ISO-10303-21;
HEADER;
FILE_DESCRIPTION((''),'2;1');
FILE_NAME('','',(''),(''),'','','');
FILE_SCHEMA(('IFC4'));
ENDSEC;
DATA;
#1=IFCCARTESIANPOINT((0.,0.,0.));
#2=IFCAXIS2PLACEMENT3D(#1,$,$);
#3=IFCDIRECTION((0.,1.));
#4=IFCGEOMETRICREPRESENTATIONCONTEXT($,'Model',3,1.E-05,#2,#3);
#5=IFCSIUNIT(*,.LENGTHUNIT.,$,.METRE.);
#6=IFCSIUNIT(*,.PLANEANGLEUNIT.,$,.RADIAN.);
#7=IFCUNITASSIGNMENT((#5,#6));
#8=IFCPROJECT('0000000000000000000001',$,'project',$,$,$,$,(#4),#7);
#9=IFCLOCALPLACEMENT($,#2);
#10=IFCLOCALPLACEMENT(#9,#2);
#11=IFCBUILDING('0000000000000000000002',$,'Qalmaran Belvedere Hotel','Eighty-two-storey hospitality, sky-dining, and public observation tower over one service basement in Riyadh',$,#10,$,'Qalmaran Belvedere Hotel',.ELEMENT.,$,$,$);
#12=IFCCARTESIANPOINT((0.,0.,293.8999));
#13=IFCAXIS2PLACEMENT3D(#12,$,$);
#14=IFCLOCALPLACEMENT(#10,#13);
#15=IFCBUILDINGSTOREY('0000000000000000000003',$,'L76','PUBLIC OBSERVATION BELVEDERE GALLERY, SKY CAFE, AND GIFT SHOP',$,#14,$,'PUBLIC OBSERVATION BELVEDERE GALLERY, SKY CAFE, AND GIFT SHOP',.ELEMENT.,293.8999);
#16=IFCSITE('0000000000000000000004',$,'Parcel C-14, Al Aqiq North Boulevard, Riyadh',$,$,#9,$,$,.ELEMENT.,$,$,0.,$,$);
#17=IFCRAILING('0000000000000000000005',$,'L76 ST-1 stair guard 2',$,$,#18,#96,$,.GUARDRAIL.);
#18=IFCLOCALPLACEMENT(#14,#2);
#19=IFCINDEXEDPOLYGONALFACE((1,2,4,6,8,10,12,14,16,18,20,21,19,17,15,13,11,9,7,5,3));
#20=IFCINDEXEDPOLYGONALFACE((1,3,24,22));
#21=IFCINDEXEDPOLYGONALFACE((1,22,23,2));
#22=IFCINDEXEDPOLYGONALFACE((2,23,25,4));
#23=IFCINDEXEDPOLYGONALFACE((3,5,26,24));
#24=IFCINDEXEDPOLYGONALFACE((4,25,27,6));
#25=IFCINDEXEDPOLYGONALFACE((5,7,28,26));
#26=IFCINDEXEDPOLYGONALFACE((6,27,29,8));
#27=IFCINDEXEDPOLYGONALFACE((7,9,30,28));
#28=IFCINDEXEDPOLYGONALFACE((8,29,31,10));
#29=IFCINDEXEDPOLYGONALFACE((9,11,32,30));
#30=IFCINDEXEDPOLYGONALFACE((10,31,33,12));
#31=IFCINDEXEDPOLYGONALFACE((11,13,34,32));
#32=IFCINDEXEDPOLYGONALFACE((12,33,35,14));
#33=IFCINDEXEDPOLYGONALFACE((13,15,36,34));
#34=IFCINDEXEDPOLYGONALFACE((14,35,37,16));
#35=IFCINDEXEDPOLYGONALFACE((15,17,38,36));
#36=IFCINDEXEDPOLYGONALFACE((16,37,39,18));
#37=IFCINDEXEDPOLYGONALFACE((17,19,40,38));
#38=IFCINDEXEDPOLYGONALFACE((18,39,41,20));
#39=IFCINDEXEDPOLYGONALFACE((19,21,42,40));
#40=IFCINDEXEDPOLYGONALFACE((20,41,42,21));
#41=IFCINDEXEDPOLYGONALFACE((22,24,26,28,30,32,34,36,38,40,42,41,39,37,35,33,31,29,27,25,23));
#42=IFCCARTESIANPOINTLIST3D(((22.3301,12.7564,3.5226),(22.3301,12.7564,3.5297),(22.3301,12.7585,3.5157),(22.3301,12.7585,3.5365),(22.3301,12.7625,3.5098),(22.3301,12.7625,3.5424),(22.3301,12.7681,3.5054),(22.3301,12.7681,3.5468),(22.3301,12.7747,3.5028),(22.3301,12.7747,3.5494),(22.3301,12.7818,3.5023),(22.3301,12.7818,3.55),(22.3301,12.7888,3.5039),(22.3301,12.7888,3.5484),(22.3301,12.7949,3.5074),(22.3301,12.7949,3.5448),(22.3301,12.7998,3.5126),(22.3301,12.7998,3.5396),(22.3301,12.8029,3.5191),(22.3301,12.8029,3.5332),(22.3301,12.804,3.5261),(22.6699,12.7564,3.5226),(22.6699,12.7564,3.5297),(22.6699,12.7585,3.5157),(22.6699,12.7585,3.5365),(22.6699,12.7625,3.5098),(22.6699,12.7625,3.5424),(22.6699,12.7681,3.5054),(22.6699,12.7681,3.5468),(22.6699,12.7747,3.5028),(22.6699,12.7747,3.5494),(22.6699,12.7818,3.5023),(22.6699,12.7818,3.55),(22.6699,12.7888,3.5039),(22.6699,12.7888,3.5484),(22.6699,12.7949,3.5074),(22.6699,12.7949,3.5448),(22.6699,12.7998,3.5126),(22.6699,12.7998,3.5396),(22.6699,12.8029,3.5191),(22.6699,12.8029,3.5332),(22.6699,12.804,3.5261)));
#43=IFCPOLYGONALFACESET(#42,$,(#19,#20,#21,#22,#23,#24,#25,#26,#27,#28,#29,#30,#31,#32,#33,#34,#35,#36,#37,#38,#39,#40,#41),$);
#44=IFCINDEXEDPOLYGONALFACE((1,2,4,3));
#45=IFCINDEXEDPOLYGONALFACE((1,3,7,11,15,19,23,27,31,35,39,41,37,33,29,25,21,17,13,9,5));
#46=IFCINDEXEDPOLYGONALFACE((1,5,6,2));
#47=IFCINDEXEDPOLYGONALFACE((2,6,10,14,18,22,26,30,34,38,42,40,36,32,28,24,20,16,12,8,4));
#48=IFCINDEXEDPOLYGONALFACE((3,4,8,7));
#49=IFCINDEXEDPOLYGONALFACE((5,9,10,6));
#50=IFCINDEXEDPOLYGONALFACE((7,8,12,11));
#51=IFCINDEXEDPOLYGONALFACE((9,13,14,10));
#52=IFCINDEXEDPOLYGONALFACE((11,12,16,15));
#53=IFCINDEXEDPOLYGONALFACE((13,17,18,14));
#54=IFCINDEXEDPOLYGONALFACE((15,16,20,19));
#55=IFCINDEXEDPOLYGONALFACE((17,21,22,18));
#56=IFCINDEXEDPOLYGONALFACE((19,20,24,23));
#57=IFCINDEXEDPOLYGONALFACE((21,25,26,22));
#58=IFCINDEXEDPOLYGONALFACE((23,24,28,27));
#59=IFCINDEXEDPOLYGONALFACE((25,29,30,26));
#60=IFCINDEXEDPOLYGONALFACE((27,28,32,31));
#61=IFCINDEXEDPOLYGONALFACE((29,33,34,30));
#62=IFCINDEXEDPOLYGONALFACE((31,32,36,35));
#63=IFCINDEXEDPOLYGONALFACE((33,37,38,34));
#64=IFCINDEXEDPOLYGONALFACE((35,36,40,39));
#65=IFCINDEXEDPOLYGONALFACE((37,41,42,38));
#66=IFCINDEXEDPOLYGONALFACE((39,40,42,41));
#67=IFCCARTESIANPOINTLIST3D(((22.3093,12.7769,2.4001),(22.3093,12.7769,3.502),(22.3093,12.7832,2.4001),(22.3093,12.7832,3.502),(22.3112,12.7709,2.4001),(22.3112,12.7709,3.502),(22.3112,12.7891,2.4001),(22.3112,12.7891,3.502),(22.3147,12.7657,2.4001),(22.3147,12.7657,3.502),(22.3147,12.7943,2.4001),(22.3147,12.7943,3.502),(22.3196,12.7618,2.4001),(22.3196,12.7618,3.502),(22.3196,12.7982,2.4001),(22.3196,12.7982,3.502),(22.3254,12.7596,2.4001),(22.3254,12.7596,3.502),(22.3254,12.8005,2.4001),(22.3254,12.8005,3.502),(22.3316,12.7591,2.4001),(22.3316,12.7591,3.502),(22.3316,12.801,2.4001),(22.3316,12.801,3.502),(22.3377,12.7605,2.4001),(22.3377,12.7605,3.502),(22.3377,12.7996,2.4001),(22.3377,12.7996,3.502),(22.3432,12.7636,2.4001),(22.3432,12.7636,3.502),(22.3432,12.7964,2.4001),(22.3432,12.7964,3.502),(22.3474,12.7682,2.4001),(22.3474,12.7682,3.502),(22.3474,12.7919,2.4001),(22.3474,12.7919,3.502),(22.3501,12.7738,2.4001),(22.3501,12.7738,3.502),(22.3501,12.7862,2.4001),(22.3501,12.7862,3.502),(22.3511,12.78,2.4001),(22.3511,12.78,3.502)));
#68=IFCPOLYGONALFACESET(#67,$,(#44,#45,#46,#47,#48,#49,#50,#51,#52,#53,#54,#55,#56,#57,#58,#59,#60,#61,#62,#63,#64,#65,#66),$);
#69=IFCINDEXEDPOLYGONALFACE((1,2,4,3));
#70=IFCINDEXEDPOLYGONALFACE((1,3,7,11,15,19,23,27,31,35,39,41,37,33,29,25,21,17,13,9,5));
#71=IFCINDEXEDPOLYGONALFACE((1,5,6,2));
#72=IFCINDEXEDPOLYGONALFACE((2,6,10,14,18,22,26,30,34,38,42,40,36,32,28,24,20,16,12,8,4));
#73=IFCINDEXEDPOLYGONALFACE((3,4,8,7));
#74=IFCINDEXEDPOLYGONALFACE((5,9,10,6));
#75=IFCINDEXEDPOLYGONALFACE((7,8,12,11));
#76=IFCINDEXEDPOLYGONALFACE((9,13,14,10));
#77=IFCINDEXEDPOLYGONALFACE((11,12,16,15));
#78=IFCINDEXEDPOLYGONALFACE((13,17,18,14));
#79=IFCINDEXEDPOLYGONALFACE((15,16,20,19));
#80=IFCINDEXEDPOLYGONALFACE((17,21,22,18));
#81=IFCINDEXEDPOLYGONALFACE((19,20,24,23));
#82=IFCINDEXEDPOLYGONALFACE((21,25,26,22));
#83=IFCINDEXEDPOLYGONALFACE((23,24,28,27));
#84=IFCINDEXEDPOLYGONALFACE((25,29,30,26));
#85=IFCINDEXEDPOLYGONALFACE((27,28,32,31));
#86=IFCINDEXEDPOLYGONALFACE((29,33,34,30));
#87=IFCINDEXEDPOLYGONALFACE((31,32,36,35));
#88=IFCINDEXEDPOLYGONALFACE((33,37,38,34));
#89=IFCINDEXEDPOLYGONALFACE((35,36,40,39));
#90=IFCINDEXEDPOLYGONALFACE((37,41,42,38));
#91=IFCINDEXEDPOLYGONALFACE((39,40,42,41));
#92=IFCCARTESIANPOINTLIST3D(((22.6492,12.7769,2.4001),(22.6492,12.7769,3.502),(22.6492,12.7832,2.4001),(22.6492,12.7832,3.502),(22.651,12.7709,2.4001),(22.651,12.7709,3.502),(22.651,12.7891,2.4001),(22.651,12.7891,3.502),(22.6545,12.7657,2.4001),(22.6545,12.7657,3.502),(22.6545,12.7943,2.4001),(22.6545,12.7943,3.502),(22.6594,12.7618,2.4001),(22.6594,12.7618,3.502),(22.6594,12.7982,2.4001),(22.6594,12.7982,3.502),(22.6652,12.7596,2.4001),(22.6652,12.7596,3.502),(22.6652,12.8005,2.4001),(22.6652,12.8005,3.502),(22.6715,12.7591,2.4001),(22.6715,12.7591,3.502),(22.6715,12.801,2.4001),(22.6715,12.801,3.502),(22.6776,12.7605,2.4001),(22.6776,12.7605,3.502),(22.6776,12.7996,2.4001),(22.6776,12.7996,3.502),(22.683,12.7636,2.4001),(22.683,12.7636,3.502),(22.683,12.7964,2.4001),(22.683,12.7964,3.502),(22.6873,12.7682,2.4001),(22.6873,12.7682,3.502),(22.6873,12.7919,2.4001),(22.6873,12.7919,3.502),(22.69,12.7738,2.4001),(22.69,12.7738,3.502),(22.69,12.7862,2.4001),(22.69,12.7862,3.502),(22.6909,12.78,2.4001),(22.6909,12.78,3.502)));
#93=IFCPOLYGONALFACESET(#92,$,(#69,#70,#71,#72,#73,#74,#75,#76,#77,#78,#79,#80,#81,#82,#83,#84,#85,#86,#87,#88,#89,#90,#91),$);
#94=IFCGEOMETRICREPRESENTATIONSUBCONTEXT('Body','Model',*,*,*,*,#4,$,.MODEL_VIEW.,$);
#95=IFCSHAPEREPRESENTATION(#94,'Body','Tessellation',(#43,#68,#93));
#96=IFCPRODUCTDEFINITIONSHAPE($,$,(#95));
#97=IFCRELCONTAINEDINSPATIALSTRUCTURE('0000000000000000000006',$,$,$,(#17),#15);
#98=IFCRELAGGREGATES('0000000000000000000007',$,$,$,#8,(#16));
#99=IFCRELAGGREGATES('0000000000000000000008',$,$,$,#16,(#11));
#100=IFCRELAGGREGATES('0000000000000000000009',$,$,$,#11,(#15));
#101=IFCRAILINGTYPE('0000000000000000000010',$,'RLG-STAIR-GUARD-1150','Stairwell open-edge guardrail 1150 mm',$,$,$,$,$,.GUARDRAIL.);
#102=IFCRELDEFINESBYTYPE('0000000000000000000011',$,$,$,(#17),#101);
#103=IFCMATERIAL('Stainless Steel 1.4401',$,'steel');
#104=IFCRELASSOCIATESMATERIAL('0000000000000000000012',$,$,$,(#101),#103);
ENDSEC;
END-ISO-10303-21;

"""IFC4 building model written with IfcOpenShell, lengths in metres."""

from ifc_helpers import new_model, si_unit, direction, frame, origin, origin_2d, place, context, subcontext, project, spatial, circle, extrude, material, type_object, element, save


model = new_model("IFC4")

# Units and contexts
model_context = context("Model", 3, precision=1e-05, world=origin(), true_north=direction((0.0, 1.0)))
body_context = subcontext(model_context, "Body", "Model", "MODEL_VIEW")
ifc_project = project(units=[si_unit("LENGTHUNIT", "METRE"), si_unit("PLANEANGLEUNIT", "RADIAN")], contexts=[model_context])

# Site, building, storey
site_placement = place(None, origin())
site = spatial("IfcSite", under=ifc_project, at=site_placement, Name="Parcel C-14, Al Aqiq North Boulevard, Riyadh", CompositionType="ELEMENT", RefElevation=0.0)
building_placement = place(site_placement, origin())
building = spatial("IfcBuilding", under=site, at=building_placement, Name="Qalmaran Belvedere Hotel", Description="Eighty-two-storey hospitality, sky-dining, and public observation tower over one service basement in Riyadh", LongName="Qalmaran Belvedere Hotel", CompositionType="ELEMENT")
storey_placement = place(building_placement, frame((0.0, 0.0, 293.8999)))
storey = spatial("IfcBuildingStorey", under=building, at=storey_placement, Name="L76", Description="PUBLIC OBSERVATION BELVEDERE GALLERY, SKY CAFE, AND GIFT SHOP", LongName="PUBLIC OBSERVATION BELVEDERE GALLERY, SKY CAFE, AND GIFT SHOP", CompositionType="ELEMENT", Elevation=293.8999)

# Shared definitions
ifc_material_1 = material(Name="Stainless Steel 1.4401", Category="steel")

# Railing
railing_type_1 = type_object("IfcRailingType", Name="RLG-STAIR-GUARD-1150", Description="Stairwell open-edge guardrail 1150 mm", PredefinedType="GUARDRAIL", material=ifc_material_1)
railing_1_placement = place(storey_placement, frame((22.3301, 12.78, 2.4001)))
element("IfcRailing", 1, at=railing_1_placement, inside=storey, type_object=railing_type_1, Name="L76 ST-1 stair guard 2", PredefinedType="GUARDRAIL", context=body_context, shape_type="SweptSolid", body=[
    extrude(circle(Radius=0.0239, at=origin_2d()), frame((0.0, 0.0, 1.126), z_axis=(1.0, 0.0, 0.0), x_axis=(0.0, 1.0, 0.0)), (0.0, 0.0, 1.0), 0.3398),
    extrude(circle(Radius=0.021, at=origin_2d()), origin(), (0.0, 0.0, 1.0), 1.1018),
    extrude(circle(Radius=0.021, at=origin_2d()), frame((0.3398, 0.0, 0.0)), (0.0, 0.0, 1.0), 1.1018),
])

save(model, "model.ifc")
